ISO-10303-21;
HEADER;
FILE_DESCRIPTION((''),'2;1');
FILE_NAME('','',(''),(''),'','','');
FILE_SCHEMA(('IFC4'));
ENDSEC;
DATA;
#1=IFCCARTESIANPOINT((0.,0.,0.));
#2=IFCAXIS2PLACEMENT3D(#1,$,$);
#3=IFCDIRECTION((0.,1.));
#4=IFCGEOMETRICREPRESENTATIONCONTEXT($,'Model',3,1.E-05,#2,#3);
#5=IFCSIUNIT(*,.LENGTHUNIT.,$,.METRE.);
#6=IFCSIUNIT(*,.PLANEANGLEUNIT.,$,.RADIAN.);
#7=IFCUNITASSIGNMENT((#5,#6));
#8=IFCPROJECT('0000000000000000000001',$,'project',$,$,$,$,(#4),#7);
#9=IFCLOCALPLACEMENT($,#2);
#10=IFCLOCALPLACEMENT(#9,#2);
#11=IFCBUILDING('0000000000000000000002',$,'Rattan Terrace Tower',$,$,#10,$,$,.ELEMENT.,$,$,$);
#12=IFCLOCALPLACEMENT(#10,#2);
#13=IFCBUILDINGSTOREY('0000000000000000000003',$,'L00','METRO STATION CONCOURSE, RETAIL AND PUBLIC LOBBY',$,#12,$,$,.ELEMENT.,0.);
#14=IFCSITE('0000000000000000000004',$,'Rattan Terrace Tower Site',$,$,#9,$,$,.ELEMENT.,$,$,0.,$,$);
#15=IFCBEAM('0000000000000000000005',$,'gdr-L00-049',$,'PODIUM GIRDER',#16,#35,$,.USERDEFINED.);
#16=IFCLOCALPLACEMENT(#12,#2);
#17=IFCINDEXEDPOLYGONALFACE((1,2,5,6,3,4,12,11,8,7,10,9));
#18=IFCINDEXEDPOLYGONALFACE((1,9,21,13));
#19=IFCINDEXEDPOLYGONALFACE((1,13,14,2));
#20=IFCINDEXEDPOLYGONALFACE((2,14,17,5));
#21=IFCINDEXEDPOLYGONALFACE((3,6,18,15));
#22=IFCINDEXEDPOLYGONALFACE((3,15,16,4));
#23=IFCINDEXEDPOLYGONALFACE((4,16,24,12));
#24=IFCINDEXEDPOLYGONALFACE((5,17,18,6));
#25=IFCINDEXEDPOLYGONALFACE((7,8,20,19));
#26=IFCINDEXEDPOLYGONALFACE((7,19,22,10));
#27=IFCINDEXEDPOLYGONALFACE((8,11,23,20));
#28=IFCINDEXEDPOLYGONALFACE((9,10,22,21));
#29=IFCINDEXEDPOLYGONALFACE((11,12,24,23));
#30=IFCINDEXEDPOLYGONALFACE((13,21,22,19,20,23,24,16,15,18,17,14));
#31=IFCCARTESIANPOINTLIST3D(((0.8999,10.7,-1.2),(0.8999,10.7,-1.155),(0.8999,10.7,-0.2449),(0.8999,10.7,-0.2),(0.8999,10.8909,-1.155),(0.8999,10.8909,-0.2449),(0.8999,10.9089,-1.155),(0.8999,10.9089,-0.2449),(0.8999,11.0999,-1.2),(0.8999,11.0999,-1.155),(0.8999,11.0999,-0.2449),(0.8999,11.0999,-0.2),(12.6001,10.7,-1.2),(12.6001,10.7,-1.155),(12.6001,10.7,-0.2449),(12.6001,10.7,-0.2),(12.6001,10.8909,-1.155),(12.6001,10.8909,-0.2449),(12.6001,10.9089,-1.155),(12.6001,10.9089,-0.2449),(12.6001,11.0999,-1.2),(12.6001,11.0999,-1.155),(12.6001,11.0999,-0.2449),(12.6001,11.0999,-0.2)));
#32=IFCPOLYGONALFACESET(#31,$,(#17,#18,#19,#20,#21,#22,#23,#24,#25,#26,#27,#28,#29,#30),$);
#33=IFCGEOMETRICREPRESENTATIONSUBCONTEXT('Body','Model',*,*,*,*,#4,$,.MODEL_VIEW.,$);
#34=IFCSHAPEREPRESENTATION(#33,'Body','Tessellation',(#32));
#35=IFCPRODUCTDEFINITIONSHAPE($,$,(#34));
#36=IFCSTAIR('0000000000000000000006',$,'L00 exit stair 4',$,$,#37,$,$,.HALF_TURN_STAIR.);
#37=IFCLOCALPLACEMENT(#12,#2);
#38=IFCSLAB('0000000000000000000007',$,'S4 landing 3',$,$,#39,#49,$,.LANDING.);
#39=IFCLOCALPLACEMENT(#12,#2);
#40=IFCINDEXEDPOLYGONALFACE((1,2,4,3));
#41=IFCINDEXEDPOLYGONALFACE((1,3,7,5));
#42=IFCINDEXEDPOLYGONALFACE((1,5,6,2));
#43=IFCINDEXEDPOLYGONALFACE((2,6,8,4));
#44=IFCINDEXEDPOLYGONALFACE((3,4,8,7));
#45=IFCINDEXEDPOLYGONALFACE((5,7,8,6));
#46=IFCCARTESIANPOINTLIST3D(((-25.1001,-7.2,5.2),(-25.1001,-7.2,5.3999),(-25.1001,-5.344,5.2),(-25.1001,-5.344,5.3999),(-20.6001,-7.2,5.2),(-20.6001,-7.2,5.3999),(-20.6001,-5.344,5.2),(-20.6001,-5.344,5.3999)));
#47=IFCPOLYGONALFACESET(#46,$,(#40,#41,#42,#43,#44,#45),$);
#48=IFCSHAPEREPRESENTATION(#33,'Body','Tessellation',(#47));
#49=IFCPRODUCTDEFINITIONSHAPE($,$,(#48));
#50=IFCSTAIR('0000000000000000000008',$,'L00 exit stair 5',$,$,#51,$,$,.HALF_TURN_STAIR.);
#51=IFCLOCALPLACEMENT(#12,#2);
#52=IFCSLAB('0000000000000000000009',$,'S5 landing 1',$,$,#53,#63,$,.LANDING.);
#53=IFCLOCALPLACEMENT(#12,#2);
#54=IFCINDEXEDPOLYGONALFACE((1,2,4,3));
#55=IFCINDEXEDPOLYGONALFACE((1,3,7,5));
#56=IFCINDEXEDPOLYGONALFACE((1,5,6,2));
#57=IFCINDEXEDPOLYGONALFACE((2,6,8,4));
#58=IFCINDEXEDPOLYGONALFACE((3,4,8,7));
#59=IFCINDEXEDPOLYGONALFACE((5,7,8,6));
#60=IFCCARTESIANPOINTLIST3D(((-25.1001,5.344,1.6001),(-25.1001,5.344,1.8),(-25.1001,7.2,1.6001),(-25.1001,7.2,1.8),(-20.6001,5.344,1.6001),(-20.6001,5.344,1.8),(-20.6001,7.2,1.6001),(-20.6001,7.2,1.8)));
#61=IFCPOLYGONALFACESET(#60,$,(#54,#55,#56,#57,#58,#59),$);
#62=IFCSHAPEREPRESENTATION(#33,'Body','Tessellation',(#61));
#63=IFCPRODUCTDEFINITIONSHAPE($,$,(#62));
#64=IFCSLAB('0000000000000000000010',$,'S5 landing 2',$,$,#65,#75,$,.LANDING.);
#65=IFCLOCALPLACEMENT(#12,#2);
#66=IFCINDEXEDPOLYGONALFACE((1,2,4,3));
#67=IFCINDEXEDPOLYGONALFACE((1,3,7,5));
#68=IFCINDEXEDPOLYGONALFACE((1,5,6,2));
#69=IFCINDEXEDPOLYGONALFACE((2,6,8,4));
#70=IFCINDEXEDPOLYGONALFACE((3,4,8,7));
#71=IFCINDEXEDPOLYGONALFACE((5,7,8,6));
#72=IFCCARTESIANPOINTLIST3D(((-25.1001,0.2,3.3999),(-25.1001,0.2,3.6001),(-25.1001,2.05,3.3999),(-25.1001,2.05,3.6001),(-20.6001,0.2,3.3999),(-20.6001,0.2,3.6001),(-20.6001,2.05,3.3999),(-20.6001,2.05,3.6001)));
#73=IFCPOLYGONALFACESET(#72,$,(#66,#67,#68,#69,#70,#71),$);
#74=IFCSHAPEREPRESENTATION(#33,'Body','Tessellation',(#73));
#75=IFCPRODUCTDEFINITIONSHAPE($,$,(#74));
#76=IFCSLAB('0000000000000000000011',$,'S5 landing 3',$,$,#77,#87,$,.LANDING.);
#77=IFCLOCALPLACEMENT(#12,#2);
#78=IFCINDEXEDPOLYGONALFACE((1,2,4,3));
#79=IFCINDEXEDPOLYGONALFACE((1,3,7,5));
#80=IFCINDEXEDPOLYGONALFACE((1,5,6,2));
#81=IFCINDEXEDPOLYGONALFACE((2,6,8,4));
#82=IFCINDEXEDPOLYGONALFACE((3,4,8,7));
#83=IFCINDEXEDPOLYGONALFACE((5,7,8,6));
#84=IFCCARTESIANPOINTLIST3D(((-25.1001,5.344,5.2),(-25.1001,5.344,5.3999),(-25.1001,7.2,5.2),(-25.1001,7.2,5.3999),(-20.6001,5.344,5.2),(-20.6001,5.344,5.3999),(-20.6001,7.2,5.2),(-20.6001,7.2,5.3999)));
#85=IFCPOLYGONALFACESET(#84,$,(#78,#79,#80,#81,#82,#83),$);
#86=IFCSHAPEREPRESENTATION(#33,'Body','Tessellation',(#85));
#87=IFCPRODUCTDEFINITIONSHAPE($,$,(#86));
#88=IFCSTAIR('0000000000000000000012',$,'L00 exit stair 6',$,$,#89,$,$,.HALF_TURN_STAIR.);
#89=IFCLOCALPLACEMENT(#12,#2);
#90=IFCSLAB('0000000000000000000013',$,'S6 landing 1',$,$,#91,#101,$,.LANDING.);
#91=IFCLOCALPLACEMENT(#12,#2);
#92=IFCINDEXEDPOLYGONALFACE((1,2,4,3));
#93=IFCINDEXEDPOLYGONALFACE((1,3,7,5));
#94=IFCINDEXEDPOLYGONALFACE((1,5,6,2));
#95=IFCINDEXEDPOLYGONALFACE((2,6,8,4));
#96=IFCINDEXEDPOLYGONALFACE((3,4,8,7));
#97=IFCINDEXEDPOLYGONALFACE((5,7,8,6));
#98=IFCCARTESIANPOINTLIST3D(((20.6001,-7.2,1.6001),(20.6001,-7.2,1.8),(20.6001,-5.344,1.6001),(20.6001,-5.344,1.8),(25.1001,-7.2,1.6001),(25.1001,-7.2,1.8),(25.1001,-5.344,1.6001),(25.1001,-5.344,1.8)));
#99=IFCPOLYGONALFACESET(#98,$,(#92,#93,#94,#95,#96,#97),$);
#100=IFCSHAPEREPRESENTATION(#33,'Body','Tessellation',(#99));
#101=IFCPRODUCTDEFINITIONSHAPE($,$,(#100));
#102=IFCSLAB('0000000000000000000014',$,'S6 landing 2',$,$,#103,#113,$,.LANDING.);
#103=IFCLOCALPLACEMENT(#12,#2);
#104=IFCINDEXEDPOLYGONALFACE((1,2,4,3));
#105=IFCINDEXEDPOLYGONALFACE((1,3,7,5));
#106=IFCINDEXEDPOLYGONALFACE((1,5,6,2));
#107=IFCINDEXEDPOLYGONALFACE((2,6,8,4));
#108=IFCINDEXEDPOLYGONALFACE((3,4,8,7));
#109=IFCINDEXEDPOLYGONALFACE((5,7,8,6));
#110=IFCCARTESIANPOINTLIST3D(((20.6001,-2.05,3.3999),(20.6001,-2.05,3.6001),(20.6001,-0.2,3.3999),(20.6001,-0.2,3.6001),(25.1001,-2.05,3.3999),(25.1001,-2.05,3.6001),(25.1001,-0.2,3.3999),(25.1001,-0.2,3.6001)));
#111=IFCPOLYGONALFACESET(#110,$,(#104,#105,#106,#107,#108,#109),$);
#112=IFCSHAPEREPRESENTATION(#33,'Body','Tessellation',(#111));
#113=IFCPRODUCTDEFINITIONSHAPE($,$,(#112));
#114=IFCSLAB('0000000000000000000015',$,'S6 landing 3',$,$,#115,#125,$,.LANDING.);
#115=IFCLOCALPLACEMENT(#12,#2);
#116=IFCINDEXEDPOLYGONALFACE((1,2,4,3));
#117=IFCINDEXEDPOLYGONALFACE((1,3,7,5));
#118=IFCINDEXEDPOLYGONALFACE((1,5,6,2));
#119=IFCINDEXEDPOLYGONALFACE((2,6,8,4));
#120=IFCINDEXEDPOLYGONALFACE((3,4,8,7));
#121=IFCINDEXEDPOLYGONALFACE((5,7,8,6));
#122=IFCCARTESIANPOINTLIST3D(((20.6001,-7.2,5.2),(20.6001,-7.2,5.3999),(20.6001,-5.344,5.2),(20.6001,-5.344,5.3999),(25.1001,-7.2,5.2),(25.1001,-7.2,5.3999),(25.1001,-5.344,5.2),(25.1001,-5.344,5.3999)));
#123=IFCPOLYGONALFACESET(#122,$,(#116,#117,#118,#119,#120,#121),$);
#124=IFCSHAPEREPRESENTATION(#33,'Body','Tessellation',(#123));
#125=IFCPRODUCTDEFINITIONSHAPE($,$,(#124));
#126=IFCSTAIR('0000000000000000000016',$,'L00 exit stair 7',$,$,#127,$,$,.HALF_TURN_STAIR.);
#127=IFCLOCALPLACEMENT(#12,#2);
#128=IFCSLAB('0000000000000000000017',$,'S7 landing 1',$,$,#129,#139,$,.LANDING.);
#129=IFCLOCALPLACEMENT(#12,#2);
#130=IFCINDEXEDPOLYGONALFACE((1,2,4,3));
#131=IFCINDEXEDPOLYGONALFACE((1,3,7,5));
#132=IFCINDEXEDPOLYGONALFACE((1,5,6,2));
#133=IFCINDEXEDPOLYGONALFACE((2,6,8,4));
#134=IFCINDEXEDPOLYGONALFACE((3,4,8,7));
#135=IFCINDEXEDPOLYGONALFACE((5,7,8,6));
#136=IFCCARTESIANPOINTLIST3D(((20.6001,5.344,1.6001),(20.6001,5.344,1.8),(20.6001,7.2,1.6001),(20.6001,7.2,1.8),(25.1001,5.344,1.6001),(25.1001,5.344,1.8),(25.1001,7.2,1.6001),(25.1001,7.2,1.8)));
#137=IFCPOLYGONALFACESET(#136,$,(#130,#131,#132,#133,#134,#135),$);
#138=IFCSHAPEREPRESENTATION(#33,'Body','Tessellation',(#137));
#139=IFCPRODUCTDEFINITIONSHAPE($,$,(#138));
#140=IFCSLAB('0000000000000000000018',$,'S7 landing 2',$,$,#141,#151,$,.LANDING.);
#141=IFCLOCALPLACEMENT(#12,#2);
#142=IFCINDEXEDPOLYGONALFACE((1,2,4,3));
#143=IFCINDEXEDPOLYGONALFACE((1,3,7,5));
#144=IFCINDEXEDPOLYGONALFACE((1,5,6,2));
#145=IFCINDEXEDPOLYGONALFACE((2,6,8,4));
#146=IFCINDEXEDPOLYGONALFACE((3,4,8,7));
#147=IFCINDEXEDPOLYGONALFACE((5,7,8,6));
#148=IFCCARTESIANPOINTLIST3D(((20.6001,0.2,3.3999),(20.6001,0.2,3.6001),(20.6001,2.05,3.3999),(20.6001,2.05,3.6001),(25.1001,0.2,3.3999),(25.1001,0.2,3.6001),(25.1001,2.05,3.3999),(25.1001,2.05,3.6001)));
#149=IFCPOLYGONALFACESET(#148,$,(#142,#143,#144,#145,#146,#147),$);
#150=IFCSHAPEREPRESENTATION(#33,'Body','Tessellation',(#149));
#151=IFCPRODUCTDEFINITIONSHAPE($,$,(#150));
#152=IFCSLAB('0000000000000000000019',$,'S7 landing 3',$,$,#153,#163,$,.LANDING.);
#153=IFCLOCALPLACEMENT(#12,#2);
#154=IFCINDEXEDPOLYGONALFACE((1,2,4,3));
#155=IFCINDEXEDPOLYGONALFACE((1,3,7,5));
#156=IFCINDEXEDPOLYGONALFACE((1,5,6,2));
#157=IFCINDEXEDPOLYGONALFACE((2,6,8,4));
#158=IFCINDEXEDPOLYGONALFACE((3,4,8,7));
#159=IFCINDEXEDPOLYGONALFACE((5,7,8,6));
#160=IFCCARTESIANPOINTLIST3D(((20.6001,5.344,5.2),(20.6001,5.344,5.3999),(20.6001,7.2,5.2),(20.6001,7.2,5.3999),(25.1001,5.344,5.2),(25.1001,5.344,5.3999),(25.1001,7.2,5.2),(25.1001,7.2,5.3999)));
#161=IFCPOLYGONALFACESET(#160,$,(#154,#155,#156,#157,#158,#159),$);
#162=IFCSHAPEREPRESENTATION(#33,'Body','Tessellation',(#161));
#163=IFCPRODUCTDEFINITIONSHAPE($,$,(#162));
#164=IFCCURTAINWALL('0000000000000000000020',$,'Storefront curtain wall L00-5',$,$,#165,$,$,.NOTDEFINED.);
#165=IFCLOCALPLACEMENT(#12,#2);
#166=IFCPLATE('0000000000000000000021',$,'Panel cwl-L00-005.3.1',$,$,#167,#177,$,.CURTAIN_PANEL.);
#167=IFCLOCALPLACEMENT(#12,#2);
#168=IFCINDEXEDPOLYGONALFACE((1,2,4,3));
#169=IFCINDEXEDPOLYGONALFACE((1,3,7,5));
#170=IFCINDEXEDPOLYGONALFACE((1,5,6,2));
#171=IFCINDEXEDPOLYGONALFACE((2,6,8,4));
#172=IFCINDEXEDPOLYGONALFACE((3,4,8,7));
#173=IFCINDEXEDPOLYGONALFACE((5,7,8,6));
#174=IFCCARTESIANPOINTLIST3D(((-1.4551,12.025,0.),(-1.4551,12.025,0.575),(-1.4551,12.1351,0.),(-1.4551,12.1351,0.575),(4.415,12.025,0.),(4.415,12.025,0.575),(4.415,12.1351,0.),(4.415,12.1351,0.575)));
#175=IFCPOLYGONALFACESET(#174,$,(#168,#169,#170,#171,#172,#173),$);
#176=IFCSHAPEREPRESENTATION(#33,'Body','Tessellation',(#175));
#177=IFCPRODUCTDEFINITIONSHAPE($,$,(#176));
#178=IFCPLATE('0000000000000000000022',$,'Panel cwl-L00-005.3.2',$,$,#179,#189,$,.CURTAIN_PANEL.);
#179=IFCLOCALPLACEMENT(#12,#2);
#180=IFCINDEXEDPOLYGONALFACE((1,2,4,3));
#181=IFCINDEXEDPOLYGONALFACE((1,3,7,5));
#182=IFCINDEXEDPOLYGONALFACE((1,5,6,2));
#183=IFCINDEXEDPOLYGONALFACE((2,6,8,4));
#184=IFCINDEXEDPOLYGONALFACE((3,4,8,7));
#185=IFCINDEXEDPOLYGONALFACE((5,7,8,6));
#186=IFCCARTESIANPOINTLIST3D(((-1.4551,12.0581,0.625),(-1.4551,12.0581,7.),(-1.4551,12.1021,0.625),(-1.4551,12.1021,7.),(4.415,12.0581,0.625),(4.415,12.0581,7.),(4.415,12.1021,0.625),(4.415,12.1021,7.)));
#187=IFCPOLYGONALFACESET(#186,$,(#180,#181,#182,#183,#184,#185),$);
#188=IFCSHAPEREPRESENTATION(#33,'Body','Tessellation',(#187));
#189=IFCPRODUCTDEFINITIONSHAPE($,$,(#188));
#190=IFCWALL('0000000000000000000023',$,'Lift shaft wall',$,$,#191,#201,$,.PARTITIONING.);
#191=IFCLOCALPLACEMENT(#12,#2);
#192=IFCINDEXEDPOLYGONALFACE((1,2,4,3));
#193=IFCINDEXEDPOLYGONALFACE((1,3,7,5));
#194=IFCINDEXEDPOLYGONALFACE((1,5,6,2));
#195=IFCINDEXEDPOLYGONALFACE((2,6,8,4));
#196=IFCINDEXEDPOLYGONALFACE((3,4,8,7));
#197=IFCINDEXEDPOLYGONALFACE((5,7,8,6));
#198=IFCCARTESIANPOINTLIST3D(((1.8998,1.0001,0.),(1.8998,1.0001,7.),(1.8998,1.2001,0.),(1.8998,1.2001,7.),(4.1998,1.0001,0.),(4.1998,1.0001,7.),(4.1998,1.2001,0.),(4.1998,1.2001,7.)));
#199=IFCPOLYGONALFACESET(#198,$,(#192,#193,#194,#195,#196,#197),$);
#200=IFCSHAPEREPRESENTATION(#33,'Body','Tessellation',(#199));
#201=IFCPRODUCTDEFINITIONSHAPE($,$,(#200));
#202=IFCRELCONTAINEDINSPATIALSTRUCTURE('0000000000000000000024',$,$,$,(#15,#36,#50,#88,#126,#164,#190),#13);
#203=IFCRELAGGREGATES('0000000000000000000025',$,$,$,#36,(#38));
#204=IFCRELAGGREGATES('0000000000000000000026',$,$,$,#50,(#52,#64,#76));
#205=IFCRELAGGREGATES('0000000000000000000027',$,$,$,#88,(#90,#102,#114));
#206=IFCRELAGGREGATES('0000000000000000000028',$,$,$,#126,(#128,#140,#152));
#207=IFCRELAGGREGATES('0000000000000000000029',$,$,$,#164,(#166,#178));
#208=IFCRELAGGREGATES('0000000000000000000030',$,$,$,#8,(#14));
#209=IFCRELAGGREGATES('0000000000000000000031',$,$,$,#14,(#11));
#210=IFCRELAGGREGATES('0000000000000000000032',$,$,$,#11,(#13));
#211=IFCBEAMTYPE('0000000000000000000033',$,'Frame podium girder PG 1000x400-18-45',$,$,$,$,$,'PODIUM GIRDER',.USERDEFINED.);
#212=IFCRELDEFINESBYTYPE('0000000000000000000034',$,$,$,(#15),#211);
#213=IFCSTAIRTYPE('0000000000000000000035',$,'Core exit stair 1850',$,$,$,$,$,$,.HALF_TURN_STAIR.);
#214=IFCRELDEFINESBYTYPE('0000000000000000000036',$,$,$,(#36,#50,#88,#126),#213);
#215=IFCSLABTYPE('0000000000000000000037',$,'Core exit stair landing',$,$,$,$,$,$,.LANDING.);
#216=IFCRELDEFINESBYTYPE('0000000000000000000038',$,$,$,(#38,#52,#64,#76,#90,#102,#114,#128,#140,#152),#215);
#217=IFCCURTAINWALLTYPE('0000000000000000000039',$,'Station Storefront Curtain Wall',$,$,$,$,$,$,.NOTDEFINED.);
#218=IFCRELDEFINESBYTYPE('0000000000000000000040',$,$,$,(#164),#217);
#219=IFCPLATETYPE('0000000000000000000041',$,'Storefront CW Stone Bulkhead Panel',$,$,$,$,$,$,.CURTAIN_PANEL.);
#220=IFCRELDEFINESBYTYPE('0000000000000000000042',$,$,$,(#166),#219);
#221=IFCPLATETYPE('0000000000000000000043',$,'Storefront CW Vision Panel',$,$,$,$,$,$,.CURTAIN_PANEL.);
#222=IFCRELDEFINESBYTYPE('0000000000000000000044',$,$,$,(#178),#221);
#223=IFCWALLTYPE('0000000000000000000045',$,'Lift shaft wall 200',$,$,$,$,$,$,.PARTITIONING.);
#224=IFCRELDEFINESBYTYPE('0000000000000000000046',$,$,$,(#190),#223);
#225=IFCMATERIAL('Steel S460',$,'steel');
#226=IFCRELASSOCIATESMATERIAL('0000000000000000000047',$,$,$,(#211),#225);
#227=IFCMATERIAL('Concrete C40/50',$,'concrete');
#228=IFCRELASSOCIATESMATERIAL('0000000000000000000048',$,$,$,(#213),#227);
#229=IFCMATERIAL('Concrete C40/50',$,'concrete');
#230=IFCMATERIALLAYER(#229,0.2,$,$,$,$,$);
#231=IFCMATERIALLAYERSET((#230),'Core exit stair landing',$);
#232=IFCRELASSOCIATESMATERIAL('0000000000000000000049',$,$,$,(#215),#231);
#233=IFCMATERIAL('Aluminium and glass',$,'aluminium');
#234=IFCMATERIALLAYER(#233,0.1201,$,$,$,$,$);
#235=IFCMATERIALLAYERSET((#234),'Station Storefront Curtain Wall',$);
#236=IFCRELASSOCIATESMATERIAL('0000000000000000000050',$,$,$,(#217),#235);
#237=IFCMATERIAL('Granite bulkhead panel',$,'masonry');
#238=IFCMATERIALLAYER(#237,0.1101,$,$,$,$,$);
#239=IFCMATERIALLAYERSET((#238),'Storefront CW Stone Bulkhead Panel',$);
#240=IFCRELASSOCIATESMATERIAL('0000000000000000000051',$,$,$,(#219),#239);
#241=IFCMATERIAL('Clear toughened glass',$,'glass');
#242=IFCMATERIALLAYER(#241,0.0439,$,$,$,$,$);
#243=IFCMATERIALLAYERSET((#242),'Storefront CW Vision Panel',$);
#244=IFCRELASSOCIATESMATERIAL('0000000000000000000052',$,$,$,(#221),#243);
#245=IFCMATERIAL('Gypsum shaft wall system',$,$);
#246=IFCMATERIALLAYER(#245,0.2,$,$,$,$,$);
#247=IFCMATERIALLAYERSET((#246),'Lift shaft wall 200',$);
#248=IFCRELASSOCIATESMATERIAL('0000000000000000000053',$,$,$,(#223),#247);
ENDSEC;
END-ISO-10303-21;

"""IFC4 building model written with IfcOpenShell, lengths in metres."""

from ifc_helpers import new_model, si_unit, direction, frame, frame_2d, origin, origin_2d, place, context, subcontext, project, spatial, polyline, rectangle, i_section, outline, extrude, material, layer, layer_set, material_profile, profile_set, type_object, element, aggregate, save


model = new_model("IFC4")

# Units and contexts
model_context = context("Model", 3, precision=1e-05, world=origin(), true_north=direction((0.0, 1.0)))
body_context = subcontext(model_context, "Body", "Model", "MODEL_VIEW")
ifc_project = project(units=[si_unit("LENGTHUNIT", "METRE"), si_unit("PLANEANGLEUNIT", "RADIAN")], contexts=[model_context])

# Site, building, storey
site_placement = place(None, origin())
site = spatial("IfcSite", under=ifc_project, at=site_placement, Name="Rattan Terrace Tower Site", CompositionType="ELEMENT", RefElevation=0.0)
building_placement = place(site_placement, origin())
building = spatial("IfcBuilding", under=site, at=building_placement, Name="Rattan Terrace Tower", CompositionType="ELEMENT")
storey_placement = place(building_placement, origin())
storey = spatial("IfcBuildingStorey", under=building, at=storey_placement, Name="L00", Description="METRO STATION CONCOURSE, RETAIL AND PUBLIC LOBBY", CompositionType="ELEMENT", Elevation=0.0)

# Beam
ifc_material_1 = material(Name="Steel S460", Category="steel")
ifc_material_profile = material_profile(ifc_material_1, i_section(OverallWidth=0.3999, OverallDepth=1.0, WebThickness=0.0181, FlangeThickness=0.0449, at=origin_2d()), Name="PG 1000x400-18-45")
ifc_profile_set = profile_set([ifc_material_profile], Name="Steel S460")
beam_type = type_object("IfcBeamType", Name="Frame podium girder PG 1000x400-18-45", ElementType="PODIUM GIRDER", PredefinedType="USERDEFINED", material=ifc_profile_set)
beam_placement = place(storey_placement, frame((0.8999, 10.8999, -0.7), z_axis=(1.0, 0.0, 0.0), x_axis=(0.0, 1.0, 0.0)))
element("IfcBeam", 1, at=beam_placement, inside=storey, type_object=beam_type, Name="gdr-L00-049", ObjectType="PODIUM GIRDER", PredefinedType="USERDEFINED", context=body_context, shape_type="SweptSolid", body=[
    extrude(i_section(OverallWidth=0.3999, OverallDepth=1.0, WebThickness=0.0181, FlangeThickness=0.0449, at=origin_2d()), origin(), (0.0, 0.0, 1.0), 11.7002),
])

# Stair, slab
ifc_material_2 = material(Name="Concrete C40/50", Category="concrete")
stair_type = type_object("IfcStairType", Name="Core exit stair 1850", PredefinedType="HALF_TURN_STAIR", material=ifc_material_2)
stair_1_placement = place(storey_placement, origin())
stair_1 = element("IfcStair", 2, at=stair_1_placement, inside=storey, type_object=stair_type, Name="L00 exit stair 4", PredefinedType="HALF_TURN_STAIR")
ifc_material_3 = material(Name="Concrete C40/50", Category="concrete")
ifc_layer_1 = layer(ifc_material_3, 0.2)
ifc_layer_set_1 = layer_set([ifc_layer_1], Name="Core exit stair landing")
slab_type = type_object("IfcSlabType", Name="Core exit stair landing", PredefinedType="LANDING", material=ifc_layer_set_1)
slab_1_placement = place(storey_placement, frame((0.0, 0.0, 5.2)))
slab_1 = element("IfcSlab", 3, at=slab_1_placement, type_object=slab_type, Name="S4 landing 3", PredefinedType="LANDING", context=body_context, shape_type="SweptSolid", body=[
    extrude(outline(polyline([(-25.1001, -5.344), (-25.1001, -7.2), (-20.6001, -7.2), (-20.6001, -5.344), (-25.1001, -5.344)])), origin(), (0.0, 0.0, 1.0), 0.2),
])
aggregate(stair_1, [slab_1])

# Stairs, slabs
stair_2_placement = place(storey_placement, origin())
stair_2 = element("IfcStair", 4, at=stair_2_placement, inside=storey, type_object=stair_type, Name="L00 exit stair 5", PredefinedType="HALF_TURN_STAIR")
slab_2_placement = place(storey_placement, frame((0.0, 0.0, 1.6001)))
slab_2 = element("IfcSlab", 5, at=slab_2_placement, type_object=slab_type, Name="S5 landing 1", PredefinedType="LANDING", context=body_context, shape_type="SweptSolid", body=[
    extrude(outline(polyline([(-20.6001, 5.344), (-20.6001, 7.2), (-25.1001, 7.2), (-25.1001, 5.344), (-20.6001, 5.344)])), origin(), (0.0, 0.0, 1.0), 0.2),
])
slab_3_placement = place(storey_placement, frame((0.0, 0.0, 3.3999)))
slab_3 = element("IfcSlab", 6, at=slab_3_placement, type_object=slab_type, Name="S5 landing 2", PredefinedType="LANDING", context=body_context, shape_type="SweptSolid", body=[
    extrude(outline(polyline([(-20.6001, 0.2), (-20.6001, 2.05), (-25.1001, 2.05), (-25.1001, 0.2), (-20.6001, 0.2)])), origin(), (0.0, 0.0, 1.0), 0.2002),
])
slab_4_placement = place(storey_placement, frame((0.0, 0.0, 5.2)))
slab_4 = element("IfcSlab", 7, at=slab_4_placement, type_object=slab_type, Name="S5 landing 3", PredefinedType="LANDING", context=body_context, shape_type="SweptSolid", body=[
    extrude(outline(polyline([(-20.6001, 5.344), (-20.6001, 7.2), (-25.1001, 7.2), (-25.1001, 5.344), (-20.6001, 5.344)])), origin(), (0.0, 0.0, 1.0), 0.2),
])
aggregate(stair_2, [slab_2, slab_3, slab_4])
stair_3_placement = place(storey_placement, origin())
stair_3 = element("IfcStair", 8, at=stair_3_placement, inside=storey, type_object=stair_type, Name="L00 exit stair 6", PredefinedType="HALF_TURN_STAIR")
slab_5_placement = place(storey_placement, frame((0.0, 0.0, 1.6001)))
slab_5 = element("IfcSlab", 9, at=slab_5_placement, type_object=slab_type, Name="S6 landing 1", PredefinedType="LANDING", context=body_context, shape_type="SweptSolid", body=[
    extrude(outline(polyline([(20.6001, -5.344), (20.6001, -7.2), (25.1001, -7.2), (25.1001, -5.344), (20.6001, -5.344)])), origin(), (0.0, 0.0, 1.0), 0.2),
])
slab_6_placement = place(storey_placement, frame((0.0, 0.0, 3.3999)))
slab_6 = element("IfcSlab", 10, at=slab_6_placement, type_object=slab_type, Name="S6 landing 2", PredefinedType="LANDING", context=body_context, shape_type="SweptSolid", body=[
    extrude(outline(polyline([(20.6001, -0.2), (20.6001, -2.05), (25.1001, -2.05), (25.1001, -0.2), (20.6001, -0.2)])), origin(), (0.0, 0.0, 1.0), 0.2002),
])
slab_7_placement = place(storey_placement, frame((0.0, 0.0, 5.2)))
slab_7 = element("IfcSlab", 11, at=slab_7_placement, type_object=slab_type, Name="S6 landing 3", PredefinedType="LANDING", context=body_context, shape_type="SweptSolid", body=[
    extrude(outline(polyline([(20.6001, -5.344), (20.6001, -7.2), (25.1001, -7.2), (25.1001, -5.344), (20.6001, -5.344)])), origin(), (0.0, 0.0, 1.0), 0.2),
])
aggregate(stair_3, [slab_5, slab_6, slab_7])
stair_4_placement = place(storey_placement, origin())
stair_4 = element("IfcStair", 12, at=stair_4_placement, inside=storey, type_object=stair_type, Name="L00 exit stair 7", PredefinedType="HALF_TURN_STAIR")
slab_8_placement = place(storey_placement, frame((0.0, 0.0, 1.6001)))
slab_8 = element("IfcSlab", 13, at=slab_8_placement, type_object=slab_type, Name="S7 landing 1", PredefinedType="LANDING", context=body_context, shape_type="SweptSolid", body=[
    extrude(outline(polyline([(25.1001, 5.344), (25.1001, 7.2), (20.6001, 7.2), (20.6001, 5.344), (25.1001, 5.344)])), origin(), (0.0, 0.0, 1.0), 0.2),
])
slab_9_placement = place(storey_placement, frame((0.0, 0.0, 3.3999)))
slab_9 = element("IfcSlab", 14, at=slab_9_placement, type_object=slab_type, Name="S7 landing 2", PredefinedType="LANDING", context=body_context, shape_type="SweptSolid", body=[
    extrude(outline(polyline([(25.1001, 0.2), (25.1001, 2.05), (20.6001, 2.05), (20.6001, 0.2), (25.1001, 0.2)])), origin(), (0.0, 0.0, 1.0), 0.2002),
])
slab_10_placement = place(storey_placement, frame((0.0, 0.0, 5.2)))
slab_10 = element("IfcSlab", 15, at=slab_10_placement, type_object=slab_type, Name="S7 landing 3", PredefinedType="LANDING", context=body_context, shape_type="SweptSolid", body=[
    extrude(outline(polyline([(25.1001, 5.344), (25.1001, 7.2), (20.6001, 7.2), (20.6001, 5.344), (25.1001, 5.344)])), origin(), (0.0, 0.0, 1.0), 0.2),
])
aggregate(stair_4, [slab_8, slab_9, slab_10])

# Curtain wall, plates
ifc_material_4 = material(Name="Aluminium and glass", Category="aluminium")
ifc_layer_2 = layer(ifc_material_4, 0.1201)
ifc_layer_set_2 = layer_set([ifc_layer_2], Name="Station Storefront Curtain Wall")
curtain_wall_type = type_object("IfcCurtainWallType", Name="Station Storefront Curtain Wall", PredefinedType="NOTDEFINED", material=ifc_layer_set_2)
curtain_wall_placement = place(storey_placement, origin())
curtain_wall = element("IfcCurtainWall", 16, at=curtain_wall_placement, inside=storey, type_object=curtain_wall_type, Name="Storefront curtain wall L00-5", PredefinedType="NOTDEFINED")
ifc_material_5 = material(Name="Granite bulkhead panel", Category="masonry")
ifc_layer_3 = layer(ifc_material_5, 0.1101)
ifc_layer_set_3 = layer_set([ifc_layer_3], Name="Storefront CW Stone Bulkhead Panel")
plate_type_1 = type_object("IfcPlateType", Name="Storefront CW Stone Bulkhead Panel", PredefinedType="CURTAIN_PANEL", material=ifc_layer_set_3)
plate_1_placement = place(storey_placement, frame((1.48, 12.0801, 0.0), z_axis=(0.0, 0.0, 1.0), x_axis=(-1.0, 0.0, 0.0)))
plate_1 = element("IfcPlate", 17, at=plate_1_placement, type_object=plate_type_1, Name="Panel cwl-L00-005.3.1", PredefinedType="CURTAIN_PANEL", context=body_context, shape_type="SweptSolid", body=[
    extrude(rectangle(XDim=5.8701, YDim=0.1101, at=origin_2d()), origin(), (0.0, 0.0, 1.0), 0.575),
])
ifc_material_6 = material(Name="Clear toughened glass", Category="glass")
ifc_layer_4 = layer(ifc_material_6, 0.0439)
ifc_layer_set_4 = layer_set([ifc_layer_4], Name="Storefront CW Vision Panel")
plate_type_2 = type_object("IfcPlateType", Name="Storefront CW Vision Panel", PredefinedType="CURTAIN_PANEL", material=ifc_layer_set_4)
plate_2_placement = place(storey_placement, frame((1.48, 12.0801, 0.625), z_axis=(0.0, 0.0, 1.0), x_axis=(-1.0, 0.0, 0.0)))
plate_2 = element("IfcPlate", 18, at=plate_2_placement, type_object=plate_type_2, Name="Panel cwl-L00-005.3.2", PredefinedType="CURTAIN_PANEL", context=body_context, shape_type="SweptSolid", body=[
    extrude(rectangle(XDim=5.8701, YDim=0.0439, at=origin_2d()), origin(), (0.0, 0.0, 1.0), 6.375),
])
aggregate(curtain_wall, [plate_1, plate_2])

# Wall
ifc_material_7 = material(Name="Gypsum shaft wall system")
ifc_layer_5 = layer(ifc_material_7, 0.2)
ifc_layer_set_5 = layer_set([ifc_layer_5], Name="Lift shaft wall 200")
wall_type = type_object("IfcWallType", Name="Lift shaft wall 200", PredefinedType="PARTITIONING", material=ifc_layer_set_5)
for number, where, z_axis, x_axis, name in (
    (19, (1.8999, 1.1001, 0.0), (0.0, 0.0, 1.0), (1.0, 0.0, 0.0), "Lift shaft wall"),
):
    element("IfcWall", number, at=place(storey_placement, frame(where, z_axis=z_axis, x_axis=x_axis)), inside=storey, type_object=wall_type, Name=name, PredefinedType="PARTITIONING", context=body_context, shape_type="SweptSolid", body=[
        extrude(rectangle(XDim=2.3, YDim=0.2, at=frame_2d((1.1499, 0.0))), origin(), (0.0, 0.0, 1.0), 7.0),
    ])

save(model, "model.ifc")
